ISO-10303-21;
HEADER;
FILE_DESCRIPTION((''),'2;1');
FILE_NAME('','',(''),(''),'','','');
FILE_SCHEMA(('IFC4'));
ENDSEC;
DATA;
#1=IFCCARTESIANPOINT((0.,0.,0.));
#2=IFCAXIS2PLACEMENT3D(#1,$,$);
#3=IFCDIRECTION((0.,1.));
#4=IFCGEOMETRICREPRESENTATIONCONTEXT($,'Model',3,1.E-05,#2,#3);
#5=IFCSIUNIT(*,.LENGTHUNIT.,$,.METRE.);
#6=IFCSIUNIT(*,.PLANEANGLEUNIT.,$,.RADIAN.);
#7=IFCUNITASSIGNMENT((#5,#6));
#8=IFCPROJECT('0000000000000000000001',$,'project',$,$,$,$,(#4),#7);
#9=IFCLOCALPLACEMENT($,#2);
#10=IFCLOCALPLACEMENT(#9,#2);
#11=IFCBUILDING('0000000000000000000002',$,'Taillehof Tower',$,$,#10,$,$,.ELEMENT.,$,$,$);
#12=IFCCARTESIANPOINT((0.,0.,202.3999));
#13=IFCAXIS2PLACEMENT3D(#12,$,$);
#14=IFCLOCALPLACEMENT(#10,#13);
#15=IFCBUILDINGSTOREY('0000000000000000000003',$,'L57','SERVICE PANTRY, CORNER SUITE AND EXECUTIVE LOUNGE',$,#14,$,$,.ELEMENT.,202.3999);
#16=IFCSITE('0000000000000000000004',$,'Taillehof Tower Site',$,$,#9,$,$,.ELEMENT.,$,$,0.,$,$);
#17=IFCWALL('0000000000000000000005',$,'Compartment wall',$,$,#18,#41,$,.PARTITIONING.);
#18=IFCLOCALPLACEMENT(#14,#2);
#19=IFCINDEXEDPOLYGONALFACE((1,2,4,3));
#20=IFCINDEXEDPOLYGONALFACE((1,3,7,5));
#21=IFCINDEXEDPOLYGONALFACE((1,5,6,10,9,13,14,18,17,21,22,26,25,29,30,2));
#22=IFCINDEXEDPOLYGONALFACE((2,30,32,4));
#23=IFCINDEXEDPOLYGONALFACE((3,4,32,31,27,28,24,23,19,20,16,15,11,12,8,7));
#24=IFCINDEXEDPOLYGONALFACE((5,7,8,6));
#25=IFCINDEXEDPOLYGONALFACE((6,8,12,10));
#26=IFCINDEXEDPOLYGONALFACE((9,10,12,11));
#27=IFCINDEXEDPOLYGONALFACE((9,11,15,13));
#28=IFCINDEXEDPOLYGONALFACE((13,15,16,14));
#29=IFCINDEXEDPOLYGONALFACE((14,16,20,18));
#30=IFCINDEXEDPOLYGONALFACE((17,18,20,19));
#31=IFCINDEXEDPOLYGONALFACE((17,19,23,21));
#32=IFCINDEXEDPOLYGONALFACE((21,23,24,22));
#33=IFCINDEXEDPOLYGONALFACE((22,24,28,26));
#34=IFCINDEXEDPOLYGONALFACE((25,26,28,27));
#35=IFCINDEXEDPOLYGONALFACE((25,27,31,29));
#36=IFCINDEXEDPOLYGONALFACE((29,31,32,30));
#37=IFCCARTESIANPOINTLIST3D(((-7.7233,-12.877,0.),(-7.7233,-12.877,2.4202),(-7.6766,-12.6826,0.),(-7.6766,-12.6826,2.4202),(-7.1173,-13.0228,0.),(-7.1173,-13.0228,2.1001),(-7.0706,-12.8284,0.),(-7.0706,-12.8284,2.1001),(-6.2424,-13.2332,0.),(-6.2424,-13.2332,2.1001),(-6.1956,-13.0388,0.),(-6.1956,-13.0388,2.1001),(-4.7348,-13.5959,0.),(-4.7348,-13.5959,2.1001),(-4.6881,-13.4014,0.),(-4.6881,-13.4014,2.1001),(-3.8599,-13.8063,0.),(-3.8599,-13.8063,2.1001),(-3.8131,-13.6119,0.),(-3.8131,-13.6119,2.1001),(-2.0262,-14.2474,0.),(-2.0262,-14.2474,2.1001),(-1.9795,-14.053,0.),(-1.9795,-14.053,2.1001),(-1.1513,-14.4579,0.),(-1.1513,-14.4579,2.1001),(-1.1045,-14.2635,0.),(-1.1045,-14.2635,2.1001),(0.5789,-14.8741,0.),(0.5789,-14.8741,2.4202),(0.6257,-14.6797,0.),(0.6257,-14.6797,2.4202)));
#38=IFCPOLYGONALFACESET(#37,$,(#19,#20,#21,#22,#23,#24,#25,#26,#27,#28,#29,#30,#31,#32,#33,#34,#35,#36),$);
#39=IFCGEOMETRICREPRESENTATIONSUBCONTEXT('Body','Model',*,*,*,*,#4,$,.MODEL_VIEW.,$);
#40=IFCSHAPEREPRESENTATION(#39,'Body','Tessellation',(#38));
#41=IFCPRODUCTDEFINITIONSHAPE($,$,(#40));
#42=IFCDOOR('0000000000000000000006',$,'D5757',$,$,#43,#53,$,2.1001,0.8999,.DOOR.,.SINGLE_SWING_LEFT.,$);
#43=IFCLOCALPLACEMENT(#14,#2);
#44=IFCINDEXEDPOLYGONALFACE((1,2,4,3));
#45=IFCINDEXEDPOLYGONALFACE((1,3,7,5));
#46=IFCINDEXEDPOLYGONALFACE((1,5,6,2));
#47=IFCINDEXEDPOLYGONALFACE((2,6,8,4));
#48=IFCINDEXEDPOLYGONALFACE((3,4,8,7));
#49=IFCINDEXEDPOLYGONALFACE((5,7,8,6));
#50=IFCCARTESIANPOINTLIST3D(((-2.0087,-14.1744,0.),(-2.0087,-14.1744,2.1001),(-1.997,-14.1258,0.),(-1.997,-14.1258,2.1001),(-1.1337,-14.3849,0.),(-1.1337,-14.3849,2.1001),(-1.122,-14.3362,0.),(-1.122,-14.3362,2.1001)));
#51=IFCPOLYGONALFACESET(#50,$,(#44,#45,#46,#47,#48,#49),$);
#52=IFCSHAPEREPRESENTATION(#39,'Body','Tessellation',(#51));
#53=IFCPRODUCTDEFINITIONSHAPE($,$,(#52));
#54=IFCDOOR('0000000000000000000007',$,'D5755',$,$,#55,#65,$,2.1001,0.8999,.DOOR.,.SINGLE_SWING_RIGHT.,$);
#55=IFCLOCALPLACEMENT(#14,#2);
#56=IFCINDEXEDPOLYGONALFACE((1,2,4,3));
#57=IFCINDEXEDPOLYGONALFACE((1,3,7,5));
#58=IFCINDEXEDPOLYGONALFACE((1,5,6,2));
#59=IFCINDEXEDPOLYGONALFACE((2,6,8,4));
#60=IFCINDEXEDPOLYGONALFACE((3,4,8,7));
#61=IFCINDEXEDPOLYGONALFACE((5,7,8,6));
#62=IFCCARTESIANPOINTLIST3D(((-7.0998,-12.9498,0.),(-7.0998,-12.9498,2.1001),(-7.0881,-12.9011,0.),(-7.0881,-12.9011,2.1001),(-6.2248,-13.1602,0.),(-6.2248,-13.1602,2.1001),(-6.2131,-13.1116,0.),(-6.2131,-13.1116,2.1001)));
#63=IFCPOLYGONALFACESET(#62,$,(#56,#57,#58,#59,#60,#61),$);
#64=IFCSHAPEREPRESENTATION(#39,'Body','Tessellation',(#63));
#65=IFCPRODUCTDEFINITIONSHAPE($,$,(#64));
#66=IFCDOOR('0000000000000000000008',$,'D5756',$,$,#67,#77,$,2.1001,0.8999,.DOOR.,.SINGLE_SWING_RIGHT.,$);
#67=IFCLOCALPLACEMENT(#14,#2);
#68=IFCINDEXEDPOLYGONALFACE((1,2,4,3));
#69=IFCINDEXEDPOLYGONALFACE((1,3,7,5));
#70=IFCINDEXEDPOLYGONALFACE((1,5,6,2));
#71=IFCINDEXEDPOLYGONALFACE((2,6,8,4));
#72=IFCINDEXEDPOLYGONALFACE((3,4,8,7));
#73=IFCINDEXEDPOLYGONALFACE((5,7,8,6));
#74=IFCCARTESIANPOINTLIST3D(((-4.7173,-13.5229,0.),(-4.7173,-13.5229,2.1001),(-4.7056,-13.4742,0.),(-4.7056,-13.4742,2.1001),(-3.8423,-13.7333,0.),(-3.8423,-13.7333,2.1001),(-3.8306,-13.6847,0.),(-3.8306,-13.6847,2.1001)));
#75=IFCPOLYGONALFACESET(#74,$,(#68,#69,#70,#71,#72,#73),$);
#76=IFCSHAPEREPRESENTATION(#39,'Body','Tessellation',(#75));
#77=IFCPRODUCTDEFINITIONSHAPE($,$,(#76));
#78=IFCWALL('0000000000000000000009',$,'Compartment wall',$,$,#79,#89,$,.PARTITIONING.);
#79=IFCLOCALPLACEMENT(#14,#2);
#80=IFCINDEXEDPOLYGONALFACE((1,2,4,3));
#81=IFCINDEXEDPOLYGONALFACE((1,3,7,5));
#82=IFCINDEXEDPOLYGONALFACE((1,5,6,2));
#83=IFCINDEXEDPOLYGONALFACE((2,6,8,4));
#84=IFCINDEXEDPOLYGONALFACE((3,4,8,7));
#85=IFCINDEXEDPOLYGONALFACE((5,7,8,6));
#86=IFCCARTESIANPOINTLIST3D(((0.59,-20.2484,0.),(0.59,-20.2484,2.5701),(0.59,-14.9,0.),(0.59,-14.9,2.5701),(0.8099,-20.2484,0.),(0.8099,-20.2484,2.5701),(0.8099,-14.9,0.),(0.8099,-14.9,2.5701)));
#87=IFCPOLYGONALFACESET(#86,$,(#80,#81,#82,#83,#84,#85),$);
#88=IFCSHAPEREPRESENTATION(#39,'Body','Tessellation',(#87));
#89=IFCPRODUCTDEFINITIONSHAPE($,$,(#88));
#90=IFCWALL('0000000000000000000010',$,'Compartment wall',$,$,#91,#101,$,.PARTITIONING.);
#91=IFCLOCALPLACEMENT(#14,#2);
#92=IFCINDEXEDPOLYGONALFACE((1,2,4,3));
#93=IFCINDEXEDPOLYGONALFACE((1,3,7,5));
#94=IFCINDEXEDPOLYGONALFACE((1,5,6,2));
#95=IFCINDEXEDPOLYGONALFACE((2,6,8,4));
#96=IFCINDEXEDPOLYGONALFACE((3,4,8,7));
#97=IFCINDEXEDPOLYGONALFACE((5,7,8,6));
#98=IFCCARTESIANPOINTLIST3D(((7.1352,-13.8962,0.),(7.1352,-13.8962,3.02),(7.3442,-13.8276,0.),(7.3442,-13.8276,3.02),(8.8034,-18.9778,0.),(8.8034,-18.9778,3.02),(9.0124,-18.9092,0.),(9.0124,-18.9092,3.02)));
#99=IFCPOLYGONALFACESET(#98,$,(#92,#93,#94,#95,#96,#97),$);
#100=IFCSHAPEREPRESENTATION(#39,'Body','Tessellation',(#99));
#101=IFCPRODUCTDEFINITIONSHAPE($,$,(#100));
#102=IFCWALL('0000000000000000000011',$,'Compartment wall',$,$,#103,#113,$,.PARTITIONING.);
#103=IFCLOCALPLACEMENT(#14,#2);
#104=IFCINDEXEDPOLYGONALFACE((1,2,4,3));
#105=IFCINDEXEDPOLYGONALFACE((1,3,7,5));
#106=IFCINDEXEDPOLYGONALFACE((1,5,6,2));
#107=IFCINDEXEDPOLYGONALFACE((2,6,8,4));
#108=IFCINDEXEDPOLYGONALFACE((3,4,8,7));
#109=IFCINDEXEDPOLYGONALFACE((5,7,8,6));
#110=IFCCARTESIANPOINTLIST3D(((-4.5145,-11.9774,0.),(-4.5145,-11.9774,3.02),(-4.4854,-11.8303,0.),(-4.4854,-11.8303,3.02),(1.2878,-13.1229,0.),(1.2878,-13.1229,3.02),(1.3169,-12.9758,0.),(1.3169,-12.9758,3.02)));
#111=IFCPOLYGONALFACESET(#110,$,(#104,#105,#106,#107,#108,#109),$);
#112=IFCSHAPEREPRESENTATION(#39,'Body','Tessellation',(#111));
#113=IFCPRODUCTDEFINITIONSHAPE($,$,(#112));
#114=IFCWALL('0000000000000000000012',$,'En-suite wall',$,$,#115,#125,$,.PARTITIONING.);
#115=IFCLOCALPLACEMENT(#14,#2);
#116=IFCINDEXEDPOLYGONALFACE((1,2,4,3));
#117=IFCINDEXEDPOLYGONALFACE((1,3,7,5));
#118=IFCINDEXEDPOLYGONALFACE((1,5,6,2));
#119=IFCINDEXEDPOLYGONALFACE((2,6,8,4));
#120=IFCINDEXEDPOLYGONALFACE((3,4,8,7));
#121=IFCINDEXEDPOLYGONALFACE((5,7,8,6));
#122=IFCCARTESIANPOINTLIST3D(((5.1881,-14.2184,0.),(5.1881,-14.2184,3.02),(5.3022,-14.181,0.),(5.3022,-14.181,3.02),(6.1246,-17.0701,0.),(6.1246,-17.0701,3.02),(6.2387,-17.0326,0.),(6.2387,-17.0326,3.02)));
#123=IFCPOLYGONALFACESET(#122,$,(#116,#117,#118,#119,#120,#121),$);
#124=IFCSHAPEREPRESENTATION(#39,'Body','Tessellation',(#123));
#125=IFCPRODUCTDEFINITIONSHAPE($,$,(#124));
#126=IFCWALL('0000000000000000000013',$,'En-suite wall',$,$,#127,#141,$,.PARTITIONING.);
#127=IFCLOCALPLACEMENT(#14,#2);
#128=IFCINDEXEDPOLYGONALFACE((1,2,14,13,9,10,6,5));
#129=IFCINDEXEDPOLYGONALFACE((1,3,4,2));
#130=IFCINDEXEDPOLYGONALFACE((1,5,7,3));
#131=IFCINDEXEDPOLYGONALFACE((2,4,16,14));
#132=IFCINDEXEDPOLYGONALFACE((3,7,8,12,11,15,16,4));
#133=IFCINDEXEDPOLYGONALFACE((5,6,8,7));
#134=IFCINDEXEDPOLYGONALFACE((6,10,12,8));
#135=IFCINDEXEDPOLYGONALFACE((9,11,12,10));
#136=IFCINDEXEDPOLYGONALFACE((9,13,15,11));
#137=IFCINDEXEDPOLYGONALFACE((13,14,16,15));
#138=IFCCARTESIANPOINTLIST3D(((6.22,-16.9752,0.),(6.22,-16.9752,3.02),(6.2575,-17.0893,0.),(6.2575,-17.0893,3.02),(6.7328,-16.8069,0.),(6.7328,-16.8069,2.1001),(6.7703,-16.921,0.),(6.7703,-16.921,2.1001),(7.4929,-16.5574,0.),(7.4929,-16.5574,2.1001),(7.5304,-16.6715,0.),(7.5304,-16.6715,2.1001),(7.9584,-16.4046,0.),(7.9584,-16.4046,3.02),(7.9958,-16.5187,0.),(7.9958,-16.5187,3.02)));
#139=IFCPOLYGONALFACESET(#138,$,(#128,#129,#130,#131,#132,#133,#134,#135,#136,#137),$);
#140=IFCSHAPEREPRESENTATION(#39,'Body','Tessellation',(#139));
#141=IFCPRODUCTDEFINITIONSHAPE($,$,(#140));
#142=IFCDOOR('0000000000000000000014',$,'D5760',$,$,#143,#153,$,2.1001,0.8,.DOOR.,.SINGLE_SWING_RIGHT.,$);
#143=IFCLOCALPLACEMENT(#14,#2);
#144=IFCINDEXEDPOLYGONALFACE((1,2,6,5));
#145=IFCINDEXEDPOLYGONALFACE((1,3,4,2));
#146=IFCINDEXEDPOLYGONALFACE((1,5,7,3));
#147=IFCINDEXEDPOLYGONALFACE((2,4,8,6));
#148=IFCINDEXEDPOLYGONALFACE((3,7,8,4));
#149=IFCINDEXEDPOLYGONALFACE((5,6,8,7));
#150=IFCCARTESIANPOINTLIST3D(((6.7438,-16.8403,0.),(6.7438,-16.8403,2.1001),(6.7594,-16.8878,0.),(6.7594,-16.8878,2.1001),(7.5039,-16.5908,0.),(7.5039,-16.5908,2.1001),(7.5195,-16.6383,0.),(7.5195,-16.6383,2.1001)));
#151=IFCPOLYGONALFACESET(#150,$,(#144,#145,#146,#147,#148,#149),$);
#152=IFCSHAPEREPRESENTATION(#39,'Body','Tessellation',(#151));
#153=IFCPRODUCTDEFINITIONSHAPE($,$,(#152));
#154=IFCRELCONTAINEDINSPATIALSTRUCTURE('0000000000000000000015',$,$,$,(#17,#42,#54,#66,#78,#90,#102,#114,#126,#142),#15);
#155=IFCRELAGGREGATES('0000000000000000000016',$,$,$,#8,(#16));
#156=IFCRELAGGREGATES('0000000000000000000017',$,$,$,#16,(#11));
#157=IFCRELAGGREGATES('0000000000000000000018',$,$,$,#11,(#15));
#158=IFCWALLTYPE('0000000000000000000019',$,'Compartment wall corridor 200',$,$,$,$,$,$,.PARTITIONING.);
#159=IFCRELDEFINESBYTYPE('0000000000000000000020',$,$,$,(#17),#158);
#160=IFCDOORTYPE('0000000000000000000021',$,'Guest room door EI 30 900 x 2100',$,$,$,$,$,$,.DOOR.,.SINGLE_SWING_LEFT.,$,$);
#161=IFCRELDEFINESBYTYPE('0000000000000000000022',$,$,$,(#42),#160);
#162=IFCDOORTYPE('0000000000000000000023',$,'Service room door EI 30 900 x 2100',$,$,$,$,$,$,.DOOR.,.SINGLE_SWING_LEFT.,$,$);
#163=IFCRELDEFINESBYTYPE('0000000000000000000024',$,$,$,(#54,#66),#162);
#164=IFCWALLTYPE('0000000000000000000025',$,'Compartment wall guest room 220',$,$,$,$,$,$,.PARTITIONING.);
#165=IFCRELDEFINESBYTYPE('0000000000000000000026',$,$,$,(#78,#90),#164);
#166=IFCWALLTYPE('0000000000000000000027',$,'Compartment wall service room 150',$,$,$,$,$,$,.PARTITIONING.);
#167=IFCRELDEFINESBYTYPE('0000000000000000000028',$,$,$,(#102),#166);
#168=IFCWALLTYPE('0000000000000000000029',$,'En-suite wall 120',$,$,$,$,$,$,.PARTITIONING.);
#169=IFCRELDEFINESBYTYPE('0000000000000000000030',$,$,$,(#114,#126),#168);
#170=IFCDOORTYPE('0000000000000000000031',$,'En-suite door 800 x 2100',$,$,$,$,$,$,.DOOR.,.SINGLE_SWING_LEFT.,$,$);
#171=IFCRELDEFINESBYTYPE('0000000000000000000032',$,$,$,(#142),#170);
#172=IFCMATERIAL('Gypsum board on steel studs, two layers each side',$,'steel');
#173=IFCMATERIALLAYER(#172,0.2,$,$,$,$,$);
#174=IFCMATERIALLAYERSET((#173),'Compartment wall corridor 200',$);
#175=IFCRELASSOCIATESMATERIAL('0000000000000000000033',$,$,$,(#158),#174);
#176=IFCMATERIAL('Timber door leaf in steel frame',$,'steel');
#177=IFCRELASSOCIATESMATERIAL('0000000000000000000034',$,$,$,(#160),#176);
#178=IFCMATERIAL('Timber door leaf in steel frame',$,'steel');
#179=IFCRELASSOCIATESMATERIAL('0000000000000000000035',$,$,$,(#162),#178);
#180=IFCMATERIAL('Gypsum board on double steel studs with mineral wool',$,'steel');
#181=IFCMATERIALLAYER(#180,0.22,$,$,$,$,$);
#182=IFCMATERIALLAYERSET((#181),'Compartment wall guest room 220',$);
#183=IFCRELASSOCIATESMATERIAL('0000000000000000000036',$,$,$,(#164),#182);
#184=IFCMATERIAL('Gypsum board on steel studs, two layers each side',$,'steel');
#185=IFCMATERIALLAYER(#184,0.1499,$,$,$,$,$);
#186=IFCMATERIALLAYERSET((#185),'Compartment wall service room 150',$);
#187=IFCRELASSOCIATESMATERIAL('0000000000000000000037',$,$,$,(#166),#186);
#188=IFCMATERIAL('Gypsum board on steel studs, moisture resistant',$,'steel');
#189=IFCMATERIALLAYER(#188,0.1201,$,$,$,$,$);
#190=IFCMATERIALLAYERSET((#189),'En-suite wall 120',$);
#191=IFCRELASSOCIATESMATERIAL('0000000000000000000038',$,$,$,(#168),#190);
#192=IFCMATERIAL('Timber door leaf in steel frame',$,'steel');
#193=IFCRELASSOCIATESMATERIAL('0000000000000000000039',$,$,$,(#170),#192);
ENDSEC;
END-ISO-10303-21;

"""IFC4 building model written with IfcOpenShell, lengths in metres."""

from ifc_helpers import new_model, si_unit, direction, frame, frame_2d, origin, place, context, subcontext, project, spatial, rectangle, extrude, material, layer, layer_set, type_object, element, fill, save


model = new_model("IFC4")

# Units and contexts
model_context = context("Model", 3, precision=1e-05, world=origin(), true_north=direction((0.0, 1.0)))
body_context = subcontext(model_context, "Body", "Model", "MODEL_VIEW")
ifc_project = project(units=[si_unit("LENGTHUNIT", "METRE"), si_unit("PLANEANGLEUNIT", "RADIAN")], contexts=[model_context])

# Site, building, storey
site_placement = place(None, origin())
site = spatial("IfcSite", under=ifc_project, at=site_placement, Name="Taillehof Tower Site", CompositionType="ELEMENT", RefElevation=0.0)
building_placement = place(site_placement, origin())
building = spatial("IfcBuilding", under=site, at=building_placement, Name="Taillehof Tower", CompositionType="ELEMENT")
storey_placement = place(building_placement, frame((0.0, 0.0, 202.3999)))
storey = spatial("IfcBuildingStorey", under=building, at=storey_placement, Name="L57", Description="SERVICE PANTRY, CORNER SUITE AND EXECUTIVE LOUNGE", CompositionType="ELEMENT", Elevation=202.3999)

# Shared definitions
ifc_material_1 = material(Name="Gypsum board on steel studs, two layers each side", Category="steel")
ifc_layer_1 = layer(ifc_material_1, 0.2)
ifc_layer_set_1 = layer_set([ifc_layer_1], Name="Compartment wall corridor 200")
wall_type_1 = type_object("IfcWallType", Name="Compartment wall corridor 200", PredefinedType="PARTITIONING", material=ifc_layer_set_1)

# Wall, openings, doors
wall_1_placement = place(storey_placement, frame((0.6023, -14.7769, 0.0), z_axis=(0.0, 0.0, 1.0), x_axis=(-0.972267, 0.233875, 0.0)))
wall_1 = element("IfcWall", 1, at=wall_1_placement, inside=storey, type_object=wall_type_1, Name="Compartment wall", PredefinedType="PARTITIONING", context=body_context, shape_type="SweptSolid", body=[
    extrude(rectangle(XDim=8.5391, YDim=0.2, at=frame_2d((4.2695, 0.0))), origin(), (0.0, 0.0, 1.0), 2.4202),
])
opening_1_placement = place(wall_1_placement, frame((7.0159, 0.0, 0.0)))
opening_1 = element("IfcOpeningElement", 2, at=opening_1_placement, cuts=wall_1, PredefinedType="OPENING", context=body_context, shape_type="SweptSolid", body=[
    extrude(rectangle(XDim=0.8999, YDim=2.1001, at=frame_2d((0.45, 1.05))), frame((0.0, 0.1099, 0.0), z_axis=(0.0, -1.0, 0.0), x_axis=(1.0, 0.0, 0.0)), (0.0, 0.0, 1.0), 0.22),
])
opening_2_placement = place(wall_1_placement, frame((4.5654, 0.0, 0.0)))
opening_2 = element("IfcOpeningElement", 3, at=opening_2_placement, cuts=wall_1, PredefinedType="OPENING", context=body_context, shape_type="SweptSolid", body=[
    extrude(rectangle(XDim=0.8999, YDim=2.1001, at=frame_2d((0.45, 1.05))), frame((0.0, 0.1099, 0.0), z_axis=(0.0, -1.0, 0.0), x_axis=(1.0, 0.0, 0.0)), (0.0, 0.0, 1.0), 0.22),
])
opening_3_placement = place(wall_1_placement, frame((1.7795, 0.0, 0.0)))
opening_3 = element("IfcOpeningElement", 4, at=opening_3_placement, cuts=wall_1, PredefinedType="OPENING", context=body_context, shape_type="SweptSolid", body=[
    extrude(rectangle(XDim=0.8999, YDim=2.1001, at=frame_2d((0.45, 1.05))), frame((0.0, 0.1099, 0.0), z_axis=(0.0, -1.0, 0.0), x_axis=(1.0, 0.0, 0.0)), (0.0, 0.0, 1.0), 0.22),
])
ifc_material_2 = material(Name="Timber door leaf in steel frame", Category="steel")
door_type_1 = type_object("IfcDoorType", Name="Guest room door EI 30 900 x 2100", OperationType="SINGLE_SWING_LEFT", PredefinedType="DOOR", material=ifc_material_2)
door_1_placement = place(opening_3_placement, origin())
door_1 = element("IfcDoor", 5, at=door_1_placement, inside=storey, type_object=door_type_1, Name="D5757", OperationType="SINGLE_SWING_LEFT", OverallHeight=2.1001, OverallWidth=0.8999, PredefinedType="DOOR", context=body_context, shape_type="SweptSolid", body=[
    extrude(rectangle(XDim=0.8999, YDim=2.1001, at=frame_2d((0.45, 1.05))), frame((0.0, 0.0249, 0.0), z_axis=(0.0, -1.0, 0.0), x_axis=(1.0, 0.0, 0.0)), (0.0, 0.0, 1.0), 0.05),
])
fill(opening_3, door_1)
ifc_material_3 = material(Name="Timber door leaf in steel frame", Category="steel")
door_type_2 = type_object("IfcDoorType", Name="Service room door EI 30 900 x 2100", OperationType="SINGLE_SWING_LEFT", PredefinedType="DOOR", material=ifc_material_3)
door_2_placement = place(opening_1_placement, origin())
door_2 = element("IfcDoor", 6, at=door_2_placement, inside=storey, type_object=door_type_2, Name="D5755", OperationType="SINGLE_SWING_RIGHT", OverallHeight=2.1001, OverallWidth=0.8999, PredefinedType="DOOR", context=body_context, shape_type="SweptSolid", body=[
    extrude(rectangle(XDim=0.8999, YDim=2.1001, at=frame_2d((0.45, 1.05))), frame((0.0, 0.0249, 0.0), z_axis=(0.0, -1.0, 0.0), x_axis=(1.0, 0.0, 0.0)), (0.0, 0.0, 1.0), 0.05),
])
fill(opening_1, door_2)
door_3_placement = place(opening_2_placement, origin())
door_3 = element("IfcDoor", 7, at=door_3_placement, inside=storey, type_object=door_type_2, Name="D5756", OperationType="SINGLE_SWING_RIGHT", OverallHeight=2.1001, OverallWidth=0.8999, PredefinedType="DOOR", context=body_context, shape_type="SweptSolid", body=[
    extrude(rectangle(XDim=0.8999, YDim=2.1001, at=frame_2d((0.45, 1.05))), frame((0.0, 0.0249, 0.0), z_axis=(0.0, -1.0, 0.0), x_axis=(1.0, 0.0, 0.0)), (0.0, 0.0, 1.0), 0.05),
])
fill(opening_2, door_3)

# Walls
ifc_material_4 = material(Name="Gypsum board on double steel studs with mineral wool", Category="steel")
ifc_layer_2 = layer(ifc_material_4, 0.22)
ifc_layer_set_2 = layer_set([ifc_layer_2], Name="Compartment wall guest room 220")
wall_type_2 = type_object("IfcWallType", Name="Compartment wall guest room 220", PredefinedType="PARTITIONING", material=ifc_layer_set_2)
wall_2_placement = place(storey_placement, frame((0.7, -20.2485, 0.0), z_axis=(0.0, 0.0, 1.0), x_axis=(0.0, 1.0, 0.0)))
element("IfcWall", 8, at=wall_2_placement, inside=storey, type_object=wall_type_2, Name="Compartment wall", PredefinedType="PARTITIONING", context=body_context, shape_type="SweptSolid", body=[
    extrude(rectangle(XDim=5.3484, YDim=0.22, at=frame_2d((2.6743, 0.0))), origin(), (0.0, 0.0, 1.0), 2.5701),
])
wall_3_placement = place(storey_placement, frame((8.908, -18.9436, 0.0), z_axis=(0.0, 0.0, 1.0), x_axis=(-0.311911, 0.950111, 0.0)))
element("IfcWall", 9, at=wall_3_placement, inside=storey, type_object=wall_type_2, Name="Compartment wall", PredefinedType="PARTITIONING", context=body_context, shape_type="SweptSolid", body=[
    extrude(rectangle(XDim=5.3484, YDim=0.22, at=frame_2d((2.6743, 0.0))), origin(), (0.0, 0.0, 1.0), 3.02),
])
ifc_material_5 = material(Name="Gypsum board on steel studs, two layers each side", Category="steel")
ifc_layer_3 = layer(ifc_material_5, 0.1499)
ifc_layer_set_3 = layer_set([ifc_layer_3], Name="Compartment wall service room 150")
wall_type_3 = type_object("IfcWallType", Name="Compartment wall service room 150", PredefinedType="PARTITIONING", material=ifc_layer_set_3)
wall_4_placement = place(storey_placement, frame((1.3022, -13.0493, 0.0), z_axis=(0.0, 0.0, 1.0), x_axis=(-0.981064, 0.193686, 0.0)))
element("IfcWall", 10, at=wall_4_placement, inside=storey, type_object=wall_type_3, Name="Compartment wall", PredefinedType="PARTITIONING", context=body_context, shape_type="SweptSolid", body=[
    extrude(rectangle(XDim=5.9143, YDim=0.1499, at=frame_2d((2.957, 0.0))), origin(), (0.0, 0.0, 1.0), 3.02),
])
ifc_material_6 = material(Name="Gypsum board on steel studs, moisture resistant", Category="steel")
ifc_layer_4 = layer(ifc_material_6, 0.1201)
ifc_layer_set_4 = layer_set([ifc_layer_4], Name="En-suite wall 120")
wall_type_4 = type_object("IfcWallType", Name="En-suite wall 120", PredefinedType="PARTITIONING", material=ifc_layer_set_4)
wall_5_placement = place(storey_placement, frame((5.2451, -14.1997, 0.0), z_axis=(0.0, 0.0, 1.0), x_axis=(0.312027, -0.950073, 0.0)))
element("IfcWall", 11, at=wall_5_placement, inside=storey, type_object=wall_type_4, Name="En-suite wall", PredefinedType="PARTITIONING", context=body_context, shape_type="SweptSolid", body=[
    extrude(rectangle(XDim=3.0015, YDim=0.1201, at=frame_2d((1.5007, 0.0))), origin(), (0.0, 0.0, 1.0), 3.02),
])

# Wall, opening, door
wall_6_placement = place(storey_placement, frame((6.2388, -17.0322, 0.0), z_axis=(0.0, 0.0, 1.0), x_axis=(0.950128, 0.311861, 0.0)))
wall_6 = element("IfcWall", 12, at=wall_6_placement, inside=storey, type_object=wall_type_4, Name="En-suite wall", PredefinedType="PARTITIONING", context=body_context, shape_type="SweptSolid", body=[
    extrude(rectangle(XDim=1.8296, YDim=0.1201, at=frame_2d((0.9148, 0.0))), origin(), (0.0, 0.0, 1.0), 3.02),
])
opening_4_placement = place(wall_6_placement, frame((0.5398, 0.0, 0.0)))
opening_4 = element("IfcOpeningElement", 13, at=opening_4_placement, cuts=wall_6, PredefinedType="OPENING", context=body_context, shape_type="SweptSolid", body=[
    extrude(rectangle(XDim=0.8, YDim=2.1001, at=frame_2d((0.3999, 1.05))), frame((0.0, 0.0701, 0.0), z_axis=(0.0, -1.0, 0.0), x_axis=(1.0, 0.0, 0.0)), (0.0, 0.0, 1.0), 0.1401),
])
ifc_material_7 = material(Name="Timber door leaf in steel frame", Category="steel")
door_type_3 = type_object("IfcDoorType", Name="En-suite door 800 x 2100", OperationType="SINGLE_SWING_LEFT", PredefinedType="DOOR", material=ifc_material_7)
door_4_placement = place(opening_4_placement, origin())
door_4 = element("IfcDoor", 14, at=door_4_placement, inside=storey, type_object=door_type_3, Name="D5760", OperationType="SINGLE_SWING_RIGHT", OverallHeight=2.1001, OverallWidth=0.8, PredefinedType="DOOR", context=body_context, shape_type="SweptSolid", body=[
    extrude(rectangle(XDim=0.8, YDim=2.1001, at=frame_2d((0.3999, 1.05))), frame((0.0, 0.0249, 0.0), z_axis=(0.0, -1.0, 0.0), x_axis=(1.0, 0.0, 0.0)), (0.0, 0.0, 1.0), 0.05),
])
fill(opening_4, door_4)

save(model, "model.ifc")
